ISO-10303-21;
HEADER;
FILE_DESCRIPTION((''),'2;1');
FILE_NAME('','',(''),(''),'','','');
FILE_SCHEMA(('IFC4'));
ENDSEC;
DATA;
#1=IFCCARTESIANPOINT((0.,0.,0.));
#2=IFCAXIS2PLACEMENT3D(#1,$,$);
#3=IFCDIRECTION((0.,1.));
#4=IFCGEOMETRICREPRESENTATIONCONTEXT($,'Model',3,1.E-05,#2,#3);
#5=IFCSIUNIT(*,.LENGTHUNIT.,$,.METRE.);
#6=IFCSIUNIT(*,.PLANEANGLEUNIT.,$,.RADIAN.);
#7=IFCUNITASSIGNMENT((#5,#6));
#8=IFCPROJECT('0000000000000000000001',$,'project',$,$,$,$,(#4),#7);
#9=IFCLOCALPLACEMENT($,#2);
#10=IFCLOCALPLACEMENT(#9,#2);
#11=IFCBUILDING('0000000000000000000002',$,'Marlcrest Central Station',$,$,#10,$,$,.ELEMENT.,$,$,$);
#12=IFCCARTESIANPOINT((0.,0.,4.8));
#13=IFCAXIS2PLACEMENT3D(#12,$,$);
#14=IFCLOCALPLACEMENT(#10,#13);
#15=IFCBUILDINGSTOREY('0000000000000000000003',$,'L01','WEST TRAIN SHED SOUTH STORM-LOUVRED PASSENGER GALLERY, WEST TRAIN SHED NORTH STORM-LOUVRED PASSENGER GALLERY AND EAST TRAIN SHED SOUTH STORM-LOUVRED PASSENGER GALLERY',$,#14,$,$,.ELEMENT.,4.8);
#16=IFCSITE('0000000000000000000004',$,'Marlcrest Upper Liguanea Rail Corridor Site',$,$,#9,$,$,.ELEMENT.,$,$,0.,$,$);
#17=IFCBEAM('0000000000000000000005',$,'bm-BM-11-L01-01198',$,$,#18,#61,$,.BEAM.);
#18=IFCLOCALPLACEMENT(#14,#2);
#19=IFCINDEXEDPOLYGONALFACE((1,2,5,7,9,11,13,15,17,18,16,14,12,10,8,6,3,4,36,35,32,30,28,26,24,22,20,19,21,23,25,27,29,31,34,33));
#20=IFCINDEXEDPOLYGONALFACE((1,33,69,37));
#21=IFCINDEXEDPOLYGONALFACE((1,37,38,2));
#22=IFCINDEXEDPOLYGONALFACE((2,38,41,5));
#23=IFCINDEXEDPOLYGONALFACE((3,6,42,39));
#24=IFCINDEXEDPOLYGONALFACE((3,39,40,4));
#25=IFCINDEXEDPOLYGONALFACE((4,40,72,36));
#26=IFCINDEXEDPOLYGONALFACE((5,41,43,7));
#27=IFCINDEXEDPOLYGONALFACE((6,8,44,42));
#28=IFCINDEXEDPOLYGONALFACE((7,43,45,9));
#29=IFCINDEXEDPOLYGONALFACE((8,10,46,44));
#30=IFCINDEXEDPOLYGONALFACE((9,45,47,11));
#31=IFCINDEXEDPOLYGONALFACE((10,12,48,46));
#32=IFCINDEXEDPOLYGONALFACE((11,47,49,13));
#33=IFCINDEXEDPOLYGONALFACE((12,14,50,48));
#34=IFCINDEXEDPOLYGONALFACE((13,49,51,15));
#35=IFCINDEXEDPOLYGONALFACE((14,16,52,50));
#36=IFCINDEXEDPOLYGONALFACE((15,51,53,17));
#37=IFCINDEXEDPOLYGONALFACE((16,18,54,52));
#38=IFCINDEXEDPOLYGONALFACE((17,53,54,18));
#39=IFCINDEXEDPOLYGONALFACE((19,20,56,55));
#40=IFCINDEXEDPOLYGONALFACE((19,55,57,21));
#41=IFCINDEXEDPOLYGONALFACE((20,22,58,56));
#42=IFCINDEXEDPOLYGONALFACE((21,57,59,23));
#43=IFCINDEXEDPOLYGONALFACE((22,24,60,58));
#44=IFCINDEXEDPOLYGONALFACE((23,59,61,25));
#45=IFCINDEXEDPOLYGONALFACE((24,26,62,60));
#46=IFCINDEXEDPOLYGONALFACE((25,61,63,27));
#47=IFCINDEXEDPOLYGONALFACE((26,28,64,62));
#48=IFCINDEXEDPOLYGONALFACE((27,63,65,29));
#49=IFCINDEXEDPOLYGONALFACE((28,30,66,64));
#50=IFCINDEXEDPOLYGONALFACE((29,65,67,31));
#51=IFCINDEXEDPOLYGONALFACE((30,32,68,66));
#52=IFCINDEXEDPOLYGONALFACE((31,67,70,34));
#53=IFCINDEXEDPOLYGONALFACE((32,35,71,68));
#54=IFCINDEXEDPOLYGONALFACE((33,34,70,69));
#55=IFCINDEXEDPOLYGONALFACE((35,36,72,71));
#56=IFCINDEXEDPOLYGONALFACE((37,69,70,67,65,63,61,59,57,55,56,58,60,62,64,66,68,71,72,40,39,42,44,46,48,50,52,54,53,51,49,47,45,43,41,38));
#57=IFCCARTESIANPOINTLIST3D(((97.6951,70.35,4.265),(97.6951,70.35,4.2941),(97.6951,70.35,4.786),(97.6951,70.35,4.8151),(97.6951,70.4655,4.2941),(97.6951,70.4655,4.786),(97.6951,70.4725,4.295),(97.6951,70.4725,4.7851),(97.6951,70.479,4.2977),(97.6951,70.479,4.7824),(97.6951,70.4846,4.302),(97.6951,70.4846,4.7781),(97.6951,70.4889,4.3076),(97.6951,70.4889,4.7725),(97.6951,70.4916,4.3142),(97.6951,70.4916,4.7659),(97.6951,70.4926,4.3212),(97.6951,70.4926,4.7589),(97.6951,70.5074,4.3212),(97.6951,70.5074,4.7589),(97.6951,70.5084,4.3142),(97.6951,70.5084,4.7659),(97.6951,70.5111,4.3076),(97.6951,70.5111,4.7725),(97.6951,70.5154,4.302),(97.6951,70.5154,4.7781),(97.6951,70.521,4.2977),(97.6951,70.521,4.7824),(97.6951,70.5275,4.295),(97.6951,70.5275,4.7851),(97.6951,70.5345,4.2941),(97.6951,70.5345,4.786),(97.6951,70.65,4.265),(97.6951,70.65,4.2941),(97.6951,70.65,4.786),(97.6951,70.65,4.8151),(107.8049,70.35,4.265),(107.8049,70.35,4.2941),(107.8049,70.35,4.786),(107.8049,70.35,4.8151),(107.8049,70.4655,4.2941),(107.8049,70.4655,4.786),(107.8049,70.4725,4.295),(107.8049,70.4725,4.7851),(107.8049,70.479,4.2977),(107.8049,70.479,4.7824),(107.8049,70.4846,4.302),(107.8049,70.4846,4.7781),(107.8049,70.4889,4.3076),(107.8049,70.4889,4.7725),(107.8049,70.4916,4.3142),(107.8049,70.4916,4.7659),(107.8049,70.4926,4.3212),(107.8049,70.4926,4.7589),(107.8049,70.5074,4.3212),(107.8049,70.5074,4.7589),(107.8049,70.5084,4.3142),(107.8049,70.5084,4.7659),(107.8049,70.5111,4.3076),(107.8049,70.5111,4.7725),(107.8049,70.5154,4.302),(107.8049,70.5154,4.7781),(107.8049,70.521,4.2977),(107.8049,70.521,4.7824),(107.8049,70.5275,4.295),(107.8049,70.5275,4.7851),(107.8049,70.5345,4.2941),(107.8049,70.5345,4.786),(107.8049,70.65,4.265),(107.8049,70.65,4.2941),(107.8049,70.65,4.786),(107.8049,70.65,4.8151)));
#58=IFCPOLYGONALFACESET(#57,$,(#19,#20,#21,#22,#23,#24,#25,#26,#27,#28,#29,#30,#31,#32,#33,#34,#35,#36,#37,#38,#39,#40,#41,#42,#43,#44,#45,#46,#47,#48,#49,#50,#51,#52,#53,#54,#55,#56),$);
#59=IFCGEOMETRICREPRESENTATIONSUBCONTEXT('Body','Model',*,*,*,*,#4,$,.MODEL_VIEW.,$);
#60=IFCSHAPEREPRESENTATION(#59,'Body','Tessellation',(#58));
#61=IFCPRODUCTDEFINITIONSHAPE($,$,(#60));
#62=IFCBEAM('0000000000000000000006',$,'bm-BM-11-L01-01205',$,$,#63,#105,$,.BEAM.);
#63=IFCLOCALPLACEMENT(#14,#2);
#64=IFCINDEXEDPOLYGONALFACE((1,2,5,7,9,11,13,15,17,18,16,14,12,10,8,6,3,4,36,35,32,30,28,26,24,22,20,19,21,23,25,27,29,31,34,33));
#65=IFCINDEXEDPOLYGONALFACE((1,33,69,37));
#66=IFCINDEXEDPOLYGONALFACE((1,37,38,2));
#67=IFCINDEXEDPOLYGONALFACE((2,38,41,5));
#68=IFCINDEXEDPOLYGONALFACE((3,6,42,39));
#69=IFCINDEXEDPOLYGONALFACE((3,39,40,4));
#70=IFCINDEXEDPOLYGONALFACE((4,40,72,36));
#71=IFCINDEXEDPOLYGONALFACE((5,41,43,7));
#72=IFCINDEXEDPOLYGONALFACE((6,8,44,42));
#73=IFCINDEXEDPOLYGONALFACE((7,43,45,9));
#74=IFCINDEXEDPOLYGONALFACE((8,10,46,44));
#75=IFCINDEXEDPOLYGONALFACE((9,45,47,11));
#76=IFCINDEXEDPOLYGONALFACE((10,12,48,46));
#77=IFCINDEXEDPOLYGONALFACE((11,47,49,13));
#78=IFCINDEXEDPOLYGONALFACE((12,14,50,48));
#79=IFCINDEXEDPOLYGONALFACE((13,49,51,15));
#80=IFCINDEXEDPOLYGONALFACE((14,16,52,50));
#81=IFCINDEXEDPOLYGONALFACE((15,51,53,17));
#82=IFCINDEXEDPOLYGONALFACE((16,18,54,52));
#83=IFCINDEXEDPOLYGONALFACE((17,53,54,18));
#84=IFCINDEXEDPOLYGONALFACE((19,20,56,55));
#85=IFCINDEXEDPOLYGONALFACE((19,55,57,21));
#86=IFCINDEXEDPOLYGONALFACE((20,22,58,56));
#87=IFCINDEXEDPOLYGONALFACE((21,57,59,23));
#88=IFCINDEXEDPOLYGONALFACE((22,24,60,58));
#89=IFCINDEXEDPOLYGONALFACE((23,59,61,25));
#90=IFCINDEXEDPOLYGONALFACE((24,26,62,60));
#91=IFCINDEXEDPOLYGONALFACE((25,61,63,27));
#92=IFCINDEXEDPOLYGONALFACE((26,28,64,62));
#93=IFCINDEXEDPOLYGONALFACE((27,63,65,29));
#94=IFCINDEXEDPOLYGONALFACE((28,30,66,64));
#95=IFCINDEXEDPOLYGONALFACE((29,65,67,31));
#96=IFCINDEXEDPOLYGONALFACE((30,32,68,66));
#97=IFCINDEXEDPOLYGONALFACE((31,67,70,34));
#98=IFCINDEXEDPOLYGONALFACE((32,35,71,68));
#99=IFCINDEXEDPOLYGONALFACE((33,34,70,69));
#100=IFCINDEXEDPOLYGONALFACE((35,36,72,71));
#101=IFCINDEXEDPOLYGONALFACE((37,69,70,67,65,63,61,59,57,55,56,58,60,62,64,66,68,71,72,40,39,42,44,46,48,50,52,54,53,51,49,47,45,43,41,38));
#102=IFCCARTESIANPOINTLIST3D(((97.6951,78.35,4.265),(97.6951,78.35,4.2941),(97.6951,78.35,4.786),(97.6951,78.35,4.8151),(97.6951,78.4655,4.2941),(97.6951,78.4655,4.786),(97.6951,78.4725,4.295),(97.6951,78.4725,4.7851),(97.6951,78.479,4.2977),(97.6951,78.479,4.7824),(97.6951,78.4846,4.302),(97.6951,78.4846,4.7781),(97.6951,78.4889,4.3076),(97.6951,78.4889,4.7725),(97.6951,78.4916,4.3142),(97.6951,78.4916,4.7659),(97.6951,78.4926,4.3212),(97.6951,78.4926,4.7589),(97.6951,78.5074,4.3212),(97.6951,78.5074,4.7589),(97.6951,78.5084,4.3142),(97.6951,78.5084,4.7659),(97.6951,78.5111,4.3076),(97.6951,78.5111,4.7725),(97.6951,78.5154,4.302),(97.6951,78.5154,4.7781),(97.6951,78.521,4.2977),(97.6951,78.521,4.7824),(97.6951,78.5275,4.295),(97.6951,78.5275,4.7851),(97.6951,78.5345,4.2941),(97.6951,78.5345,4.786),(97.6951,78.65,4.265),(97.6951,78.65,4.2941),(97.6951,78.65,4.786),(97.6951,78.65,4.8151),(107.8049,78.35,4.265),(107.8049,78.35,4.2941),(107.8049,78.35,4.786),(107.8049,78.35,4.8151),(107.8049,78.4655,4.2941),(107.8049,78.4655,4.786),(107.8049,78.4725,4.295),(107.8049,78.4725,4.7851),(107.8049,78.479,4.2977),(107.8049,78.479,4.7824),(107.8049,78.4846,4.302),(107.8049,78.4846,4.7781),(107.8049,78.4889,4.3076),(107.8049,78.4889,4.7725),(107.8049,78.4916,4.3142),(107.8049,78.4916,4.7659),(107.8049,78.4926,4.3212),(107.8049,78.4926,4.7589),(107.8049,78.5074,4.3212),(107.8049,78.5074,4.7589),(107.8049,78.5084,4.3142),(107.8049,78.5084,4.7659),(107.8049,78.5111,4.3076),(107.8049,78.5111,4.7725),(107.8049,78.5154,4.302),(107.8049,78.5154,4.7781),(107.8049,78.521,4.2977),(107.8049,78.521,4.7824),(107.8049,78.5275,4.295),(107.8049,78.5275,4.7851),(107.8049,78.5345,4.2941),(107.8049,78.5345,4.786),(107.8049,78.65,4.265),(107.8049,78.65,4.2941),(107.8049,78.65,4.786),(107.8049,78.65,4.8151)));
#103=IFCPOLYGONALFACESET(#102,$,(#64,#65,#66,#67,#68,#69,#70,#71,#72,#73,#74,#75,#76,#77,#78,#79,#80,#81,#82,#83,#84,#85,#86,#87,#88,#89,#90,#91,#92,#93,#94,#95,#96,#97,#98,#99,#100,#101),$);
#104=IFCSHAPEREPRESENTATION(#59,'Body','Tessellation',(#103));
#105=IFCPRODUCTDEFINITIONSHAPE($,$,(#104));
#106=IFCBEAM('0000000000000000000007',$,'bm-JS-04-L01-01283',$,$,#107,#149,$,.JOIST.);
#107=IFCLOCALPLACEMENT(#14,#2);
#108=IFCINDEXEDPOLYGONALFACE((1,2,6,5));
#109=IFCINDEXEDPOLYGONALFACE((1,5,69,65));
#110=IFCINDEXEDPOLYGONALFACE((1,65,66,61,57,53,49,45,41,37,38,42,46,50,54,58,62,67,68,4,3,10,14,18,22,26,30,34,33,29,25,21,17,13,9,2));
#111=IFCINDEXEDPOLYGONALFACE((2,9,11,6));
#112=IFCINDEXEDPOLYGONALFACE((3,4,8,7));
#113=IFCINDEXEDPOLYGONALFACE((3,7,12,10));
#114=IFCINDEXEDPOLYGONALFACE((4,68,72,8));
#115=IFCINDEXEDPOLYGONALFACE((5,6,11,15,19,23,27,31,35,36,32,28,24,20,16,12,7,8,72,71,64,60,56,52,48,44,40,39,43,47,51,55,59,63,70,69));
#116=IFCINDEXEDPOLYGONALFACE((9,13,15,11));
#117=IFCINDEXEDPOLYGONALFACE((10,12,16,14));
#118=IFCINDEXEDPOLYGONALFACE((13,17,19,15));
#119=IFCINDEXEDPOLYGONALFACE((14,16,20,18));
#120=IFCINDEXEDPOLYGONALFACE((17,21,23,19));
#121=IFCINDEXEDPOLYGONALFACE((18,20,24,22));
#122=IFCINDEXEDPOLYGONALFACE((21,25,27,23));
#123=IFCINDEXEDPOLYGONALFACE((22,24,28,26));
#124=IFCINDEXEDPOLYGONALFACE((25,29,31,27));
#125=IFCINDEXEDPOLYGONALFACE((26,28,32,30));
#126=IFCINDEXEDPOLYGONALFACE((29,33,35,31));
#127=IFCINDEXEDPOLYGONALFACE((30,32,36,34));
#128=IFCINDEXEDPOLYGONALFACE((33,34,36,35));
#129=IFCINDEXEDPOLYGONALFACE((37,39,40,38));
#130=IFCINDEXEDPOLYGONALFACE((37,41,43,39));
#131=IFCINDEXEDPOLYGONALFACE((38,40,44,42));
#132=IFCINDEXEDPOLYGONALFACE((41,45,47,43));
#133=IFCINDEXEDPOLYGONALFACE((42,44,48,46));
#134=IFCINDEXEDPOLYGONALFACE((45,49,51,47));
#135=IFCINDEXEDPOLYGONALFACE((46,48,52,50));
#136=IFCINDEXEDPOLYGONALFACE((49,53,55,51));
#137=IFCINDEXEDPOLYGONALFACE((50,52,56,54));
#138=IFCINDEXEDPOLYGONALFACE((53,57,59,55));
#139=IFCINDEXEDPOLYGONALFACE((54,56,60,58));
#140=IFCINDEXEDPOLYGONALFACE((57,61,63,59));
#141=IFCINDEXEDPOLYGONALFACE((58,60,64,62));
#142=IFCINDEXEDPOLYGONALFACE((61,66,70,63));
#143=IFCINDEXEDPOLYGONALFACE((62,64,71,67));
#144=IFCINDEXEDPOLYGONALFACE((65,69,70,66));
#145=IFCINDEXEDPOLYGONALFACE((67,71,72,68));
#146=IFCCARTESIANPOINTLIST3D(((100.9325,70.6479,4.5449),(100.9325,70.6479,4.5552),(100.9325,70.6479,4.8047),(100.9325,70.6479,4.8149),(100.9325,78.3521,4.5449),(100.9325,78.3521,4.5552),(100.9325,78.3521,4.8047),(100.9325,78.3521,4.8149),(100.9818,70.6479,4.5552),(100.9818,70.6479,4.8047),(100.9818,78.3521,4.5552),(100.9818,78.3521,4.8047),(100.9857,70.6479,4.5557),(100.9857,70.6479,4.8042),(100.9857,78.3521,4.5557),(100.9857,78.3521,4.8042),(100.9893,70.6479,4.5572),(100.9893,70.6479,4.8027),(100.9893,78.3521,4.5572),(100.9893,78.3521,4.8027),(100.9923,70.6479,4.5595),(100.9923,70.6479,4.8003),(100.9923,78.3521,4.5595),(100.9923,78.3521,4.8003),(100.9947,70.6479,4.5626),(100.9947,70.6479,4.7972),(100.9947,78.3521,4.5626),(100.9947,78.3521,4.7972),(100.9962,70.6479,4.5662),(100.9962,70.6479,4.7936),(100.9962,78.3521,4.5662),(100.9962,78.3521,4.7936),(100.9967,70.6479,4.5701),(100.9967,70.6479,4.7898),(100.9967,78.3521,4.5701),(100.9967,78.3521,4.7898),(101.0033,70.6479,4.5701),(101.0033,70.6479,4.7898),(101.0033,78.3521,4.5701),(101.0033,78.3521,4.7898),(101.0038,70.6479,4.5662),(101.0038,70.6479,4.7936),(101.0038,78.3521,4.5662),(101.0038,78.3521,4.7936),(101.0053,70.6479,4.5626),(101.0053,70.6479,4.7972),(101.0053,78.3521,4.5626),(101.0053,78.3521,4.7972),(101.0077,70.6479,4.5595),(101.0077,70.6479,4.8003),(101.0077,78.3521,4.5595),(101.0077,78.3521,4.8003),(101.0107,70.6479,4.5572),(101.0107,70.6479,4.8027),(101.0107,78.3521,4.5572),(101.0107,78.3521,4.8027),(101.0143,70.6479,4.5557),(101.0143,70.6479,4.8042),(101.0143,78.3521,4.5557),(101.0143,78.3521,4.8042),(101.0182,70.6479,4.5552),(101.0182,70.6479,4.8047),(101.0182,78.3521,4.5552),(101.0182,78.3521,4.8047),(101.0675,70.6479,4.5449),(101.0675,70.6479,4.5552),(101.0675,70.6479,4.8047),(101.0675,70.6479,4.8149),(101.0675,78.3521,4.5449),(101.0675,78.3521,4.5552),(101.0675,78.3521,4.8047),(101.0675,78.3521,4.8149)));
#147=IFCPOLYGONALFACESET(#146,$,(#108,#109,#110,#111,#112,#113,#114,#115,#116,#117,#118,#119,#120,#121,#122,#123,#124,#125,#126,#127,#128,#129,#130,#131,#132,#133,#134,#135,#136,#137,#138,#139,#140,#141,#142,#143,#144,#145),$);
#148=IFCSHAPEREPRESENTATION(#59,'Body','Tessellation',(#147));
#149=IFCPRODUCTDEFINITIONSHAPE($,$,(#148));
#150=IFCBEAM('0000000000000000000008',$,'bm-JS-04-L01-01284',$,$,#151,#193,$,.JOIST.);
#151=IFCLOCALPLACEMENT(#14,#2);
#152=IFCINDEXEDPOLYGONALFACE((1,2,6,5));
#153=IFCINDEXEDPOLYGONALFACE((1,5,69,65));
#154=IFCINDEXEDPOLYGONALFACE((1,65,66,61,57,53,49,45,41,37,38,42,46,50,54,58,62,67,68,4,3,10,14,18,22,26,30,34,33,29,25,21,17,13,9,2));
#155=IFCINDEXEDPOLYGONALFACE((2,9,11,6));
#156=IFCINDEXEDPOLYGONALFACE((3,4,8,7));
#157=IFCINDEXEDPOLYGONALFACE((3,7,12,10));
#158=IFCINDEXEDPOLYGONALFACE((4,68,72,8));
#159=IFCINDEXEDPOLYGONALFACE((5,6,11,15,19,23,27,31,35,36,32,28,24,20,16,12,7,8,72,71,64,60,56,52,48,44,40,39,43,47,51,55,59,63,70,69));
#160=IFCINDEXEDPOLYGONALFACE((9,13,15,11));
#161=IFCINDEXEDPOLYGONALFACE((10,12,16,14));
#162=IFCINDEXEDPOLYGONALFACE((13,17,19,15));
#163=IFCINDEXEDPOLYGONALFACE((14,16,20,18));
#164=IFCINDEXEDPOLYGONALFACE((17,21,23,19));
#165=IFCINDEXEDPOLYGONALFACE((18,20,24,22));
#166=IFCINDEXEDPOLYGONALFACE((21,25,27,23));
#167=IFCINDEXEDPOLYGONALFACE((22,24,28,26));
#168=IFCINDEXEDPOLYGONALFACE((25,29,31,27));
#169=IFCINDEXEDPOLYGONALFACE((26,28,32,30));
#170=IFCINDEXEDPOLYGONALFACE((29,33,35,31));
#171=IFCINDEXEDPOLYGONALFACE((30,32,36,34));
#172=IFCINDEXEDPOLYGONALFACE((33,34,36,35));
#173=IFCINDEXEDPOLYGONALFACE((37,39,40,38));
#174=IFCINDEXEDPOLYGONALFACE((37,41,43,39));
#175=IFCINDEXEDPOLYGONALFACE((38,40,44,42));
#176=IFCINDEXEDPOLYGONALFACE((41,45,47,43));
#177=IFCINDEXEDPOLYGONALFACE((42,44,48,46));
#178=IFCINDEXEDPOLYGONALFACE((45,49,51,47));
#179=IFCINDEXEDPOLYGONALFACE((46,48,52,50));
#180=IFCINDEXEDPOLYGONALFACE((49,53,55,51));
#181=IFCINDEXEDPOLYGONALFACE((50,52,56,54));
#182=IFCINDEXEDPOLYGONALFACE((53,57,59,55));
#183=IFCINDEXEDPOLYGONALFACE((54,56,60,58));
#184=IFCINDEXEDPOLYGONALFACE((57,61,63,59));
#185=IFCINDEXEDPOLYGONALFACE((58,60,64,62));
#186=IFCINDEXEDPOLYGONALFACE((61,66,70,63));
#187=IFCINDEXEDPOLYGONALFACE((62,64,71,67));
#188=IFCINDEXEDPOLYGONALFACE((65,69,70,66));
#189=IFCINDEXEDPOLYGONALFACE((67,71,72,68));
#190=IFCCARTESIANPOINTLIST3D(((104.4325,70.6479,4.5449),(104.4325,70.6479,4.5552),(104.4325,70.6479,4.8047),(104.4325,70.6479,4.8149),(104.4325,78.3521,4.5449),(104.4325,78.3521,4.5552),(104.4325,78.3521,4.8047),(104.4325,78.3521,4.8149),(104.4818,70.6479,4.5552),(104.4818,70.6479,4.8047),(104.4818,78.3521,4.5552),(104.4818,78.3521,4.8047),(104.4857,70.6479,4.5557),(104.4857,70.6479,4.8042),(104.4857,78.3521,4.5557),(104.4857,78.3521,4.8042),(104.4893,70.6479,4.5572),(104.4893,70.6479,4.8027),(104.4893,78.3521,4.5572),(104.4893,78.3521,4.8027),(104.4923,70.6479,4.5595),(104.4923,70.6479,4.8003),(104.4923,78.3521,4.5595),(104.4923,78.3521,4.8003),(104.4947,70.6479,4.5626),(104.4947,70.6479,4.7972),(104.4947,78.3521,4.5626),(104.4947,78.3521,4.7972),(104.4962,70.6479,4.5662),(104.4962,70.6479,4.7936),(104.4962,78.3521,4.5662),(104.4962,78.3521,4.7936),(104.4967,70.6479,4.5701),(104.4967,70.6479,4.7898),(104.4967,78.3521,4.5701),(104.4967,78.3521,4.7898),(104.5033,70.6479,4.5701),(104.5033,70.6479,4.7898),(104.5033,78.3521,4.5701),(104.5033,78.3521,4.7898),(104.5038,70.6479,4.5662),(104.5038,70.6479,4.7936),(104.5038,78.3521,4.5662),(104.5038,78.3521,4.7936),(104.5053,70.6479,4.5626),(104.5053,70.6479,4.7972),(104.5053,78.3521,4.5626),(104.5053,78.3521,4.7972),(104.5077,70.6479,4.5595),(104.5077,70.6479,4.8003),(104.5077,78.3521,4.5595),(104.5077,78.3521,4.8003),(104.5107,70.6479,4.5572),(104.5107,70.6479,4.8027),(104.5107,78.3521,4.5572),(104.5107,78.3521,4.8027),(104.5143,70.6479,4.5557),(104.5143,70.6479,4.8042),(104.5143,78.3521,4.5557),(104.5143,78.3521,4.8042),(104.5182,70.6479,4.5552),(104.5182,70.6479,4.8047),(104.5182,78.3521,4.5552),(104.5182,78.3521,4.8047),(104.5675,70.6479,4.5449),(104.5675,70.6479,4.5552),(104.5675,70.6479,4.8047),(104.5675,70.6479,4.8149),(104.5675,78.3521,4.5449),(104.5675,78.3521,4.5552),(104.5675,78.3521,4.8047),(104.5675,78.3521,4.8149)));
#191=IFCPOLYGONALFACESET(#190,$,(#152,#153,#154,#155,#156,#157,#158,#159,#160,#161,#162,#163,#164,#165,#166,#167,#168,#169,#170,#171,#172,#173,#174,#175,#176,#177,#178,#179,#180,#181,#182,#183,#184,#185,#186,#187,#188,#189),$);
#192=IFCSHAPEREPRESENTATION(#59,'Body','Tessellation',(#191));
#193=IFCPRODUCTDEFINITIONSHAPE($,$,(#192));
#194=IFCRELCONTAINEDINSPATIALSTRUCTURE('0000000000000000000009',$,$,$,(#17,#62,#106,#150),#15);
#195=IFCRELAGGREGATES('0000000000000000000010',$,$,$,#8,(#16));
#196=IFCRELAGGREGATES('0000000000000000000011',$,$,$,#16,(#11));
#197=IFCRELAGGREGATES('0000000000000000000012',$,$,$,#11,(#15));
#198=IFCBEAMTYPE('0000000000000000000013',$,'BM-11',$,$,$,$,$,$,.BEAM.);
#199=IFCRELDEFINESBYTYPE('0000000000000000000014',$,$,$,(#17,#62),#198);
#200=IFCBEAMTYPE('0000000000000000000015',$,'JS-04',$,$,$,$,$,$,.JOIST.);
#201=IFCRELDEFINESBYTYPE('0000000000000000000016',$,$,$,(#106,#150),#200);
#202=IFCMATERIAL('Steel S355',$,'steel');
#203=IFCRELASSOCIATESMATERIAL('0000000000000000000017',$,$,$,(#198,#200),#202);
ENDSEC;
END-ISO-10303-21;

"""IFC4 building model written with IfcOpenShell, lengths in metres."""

from ifc_helpers import new_model, si_unit, direction, frame, origin, origin_2d, place, context, subcontext, project, spatial, i_section, extrude, material, material_profile, profile_set, type_object, element, save


model = new_model("IFC4")

# Units and contexts
model_context = context("Model", 3, precision=1e-05, world=origin(), true_north=direction((0.0, 1.0)))
body_context = subcontext(model_context, "Body", "Model", "MODEL_VIEW")
ifc_project = project(units=[si_unit("LENGTHUNIT", "METRE"), si_unit("PLANEANGLEUNIT", "RADIAN")], contexts=[model_context])

# Site, building, storey
site_placement = place(None, origin())
site = spatial("IfcSite", under=ifc_project, at=site_placement, Name="Marlcrest Upper Liguanea Rail Corridor Site", CompositionType="ELEMENT", RefElevation=0.0)
building_placement = place(site_placement, origin())
building = spatial("IfcBuilding", under=site, at=building_placement, Name="Marlcrest Central Station", CompositionType="ELEMENT")
storey_placement = place(building_placement, frame((0.0, 0.0, 4.8)))
storey = spatial("IfcBuildingStorey", under=building, at=storey_placement, Name="L01", Description="WEST TRAIN SHED SOUTH STORM-LOUVRED PASSENGER GALLERY, WEST TRAIN SHED NORTH STORM-LOUVRED PASSENGER GALLERY AND EAST TRAIN SHED SOUTH STORM-LOUVRED PASSENGER GALLERY", CompositionType="ELEMENT", Elevation=4.8)

# Beams
ifc_material = material(Name="Steel S355", Category="steel")
ifc_material_profile_1 = material_profile(ifc_material, i_section(OverallWidth=0.3, OverallDepth=0.55, WebThickness=0.0149, FlangeThickness=0.0291, FilletRadius=0.0271, at=origin_2d()), Name="HEB 550")
ifc_profile_set_1 = profile_set([ifc_material_profile_1], Name="Steel S355")
beam_type_1 = type_object("IfcBeamType", Name="BM-11", PredefinedType="BEAM", material=ifc_profile_set_1)
for number, where, z_axis, x_axis, name in (
    (1, (97.6951, 70.5, 4.54), (1.0, 0.0, 0.0), (0.0, 1.0, 0.0), "bm-BM-11-L01-01198"),
    (2, (97.6951, 78.5, 4.54), (1.0, 0.0, 0.0), (0.0, 1.0, 0.0), "bm-BM-11-L01-01205"),
):
    element("IfcBeam", number, at=place(storey_placement, frame(where, z_axis=z_axis, x_axis=x_axis)), inside=storey, type_object=beam_type_1, Name=name, PredefinedType="BEAM", context=body_context, shape_type="SweptSolid", body=[
        extrude(i_section(OverallWidth=0.3, OverallDepth=0.55, WebThickness=0.0149, FlangeThickness=0.0291, FilletRadius=0.0271, at=origin_2d()), origin(), (0.0, 0.0, 1.0), 10.1099),
    ])
ifc_material_profile_2 = material_profile(ifc_material, i_section(OverallWidth=0.135, OverallDepth=0.27, WebThickness=0.0066, FlangeThickness=0.0103, FilletRadius=0.0149, at=origin_2d()), Name="IPE 270")
ifc_profile_set_2 = profile_set([ifc_material_profile_2], Name="Steel S355")
beam_type_2 = type_object("IfcBeamType", Name="JS-04", PredefinedType="JOIST", material=ifc_profile_set_2)
for number, where, z_axis, x_axis, name in (
    (3, (101.0, 70.6479, 4.6799), (0.0, 1.0, 0.0), (-1.0, 0.0, 0.0), "bm-JS-04-L01-01283"),
    (4, (104.5, 70.6479, 4.6799), (0.0, 1.0, 0.0), (-1.0, 0.0, 0.0), "bm-JS-04-L01-01284"),
):
    element("IfcBeam", number, at=place(storey_placement, frame(where, z_axis=z_axis, x_axis=x_axis)), inside=storey, type_object=beam_type_2, Name=name, PredefinedType="JOIST", context=body_context, shape_type="SweptSolid", body=[
        extrude(i_section(OverallWidth=0.135, OverallDepth=0.27, WebThickness=0.0066, FlangeThickness=0.0103, FilletRadius=0.0149, at=origin_2d()), origin(), (0.0, 0.0, 1.0), 7.7041),
    ])

save(model, "model.ifc")
